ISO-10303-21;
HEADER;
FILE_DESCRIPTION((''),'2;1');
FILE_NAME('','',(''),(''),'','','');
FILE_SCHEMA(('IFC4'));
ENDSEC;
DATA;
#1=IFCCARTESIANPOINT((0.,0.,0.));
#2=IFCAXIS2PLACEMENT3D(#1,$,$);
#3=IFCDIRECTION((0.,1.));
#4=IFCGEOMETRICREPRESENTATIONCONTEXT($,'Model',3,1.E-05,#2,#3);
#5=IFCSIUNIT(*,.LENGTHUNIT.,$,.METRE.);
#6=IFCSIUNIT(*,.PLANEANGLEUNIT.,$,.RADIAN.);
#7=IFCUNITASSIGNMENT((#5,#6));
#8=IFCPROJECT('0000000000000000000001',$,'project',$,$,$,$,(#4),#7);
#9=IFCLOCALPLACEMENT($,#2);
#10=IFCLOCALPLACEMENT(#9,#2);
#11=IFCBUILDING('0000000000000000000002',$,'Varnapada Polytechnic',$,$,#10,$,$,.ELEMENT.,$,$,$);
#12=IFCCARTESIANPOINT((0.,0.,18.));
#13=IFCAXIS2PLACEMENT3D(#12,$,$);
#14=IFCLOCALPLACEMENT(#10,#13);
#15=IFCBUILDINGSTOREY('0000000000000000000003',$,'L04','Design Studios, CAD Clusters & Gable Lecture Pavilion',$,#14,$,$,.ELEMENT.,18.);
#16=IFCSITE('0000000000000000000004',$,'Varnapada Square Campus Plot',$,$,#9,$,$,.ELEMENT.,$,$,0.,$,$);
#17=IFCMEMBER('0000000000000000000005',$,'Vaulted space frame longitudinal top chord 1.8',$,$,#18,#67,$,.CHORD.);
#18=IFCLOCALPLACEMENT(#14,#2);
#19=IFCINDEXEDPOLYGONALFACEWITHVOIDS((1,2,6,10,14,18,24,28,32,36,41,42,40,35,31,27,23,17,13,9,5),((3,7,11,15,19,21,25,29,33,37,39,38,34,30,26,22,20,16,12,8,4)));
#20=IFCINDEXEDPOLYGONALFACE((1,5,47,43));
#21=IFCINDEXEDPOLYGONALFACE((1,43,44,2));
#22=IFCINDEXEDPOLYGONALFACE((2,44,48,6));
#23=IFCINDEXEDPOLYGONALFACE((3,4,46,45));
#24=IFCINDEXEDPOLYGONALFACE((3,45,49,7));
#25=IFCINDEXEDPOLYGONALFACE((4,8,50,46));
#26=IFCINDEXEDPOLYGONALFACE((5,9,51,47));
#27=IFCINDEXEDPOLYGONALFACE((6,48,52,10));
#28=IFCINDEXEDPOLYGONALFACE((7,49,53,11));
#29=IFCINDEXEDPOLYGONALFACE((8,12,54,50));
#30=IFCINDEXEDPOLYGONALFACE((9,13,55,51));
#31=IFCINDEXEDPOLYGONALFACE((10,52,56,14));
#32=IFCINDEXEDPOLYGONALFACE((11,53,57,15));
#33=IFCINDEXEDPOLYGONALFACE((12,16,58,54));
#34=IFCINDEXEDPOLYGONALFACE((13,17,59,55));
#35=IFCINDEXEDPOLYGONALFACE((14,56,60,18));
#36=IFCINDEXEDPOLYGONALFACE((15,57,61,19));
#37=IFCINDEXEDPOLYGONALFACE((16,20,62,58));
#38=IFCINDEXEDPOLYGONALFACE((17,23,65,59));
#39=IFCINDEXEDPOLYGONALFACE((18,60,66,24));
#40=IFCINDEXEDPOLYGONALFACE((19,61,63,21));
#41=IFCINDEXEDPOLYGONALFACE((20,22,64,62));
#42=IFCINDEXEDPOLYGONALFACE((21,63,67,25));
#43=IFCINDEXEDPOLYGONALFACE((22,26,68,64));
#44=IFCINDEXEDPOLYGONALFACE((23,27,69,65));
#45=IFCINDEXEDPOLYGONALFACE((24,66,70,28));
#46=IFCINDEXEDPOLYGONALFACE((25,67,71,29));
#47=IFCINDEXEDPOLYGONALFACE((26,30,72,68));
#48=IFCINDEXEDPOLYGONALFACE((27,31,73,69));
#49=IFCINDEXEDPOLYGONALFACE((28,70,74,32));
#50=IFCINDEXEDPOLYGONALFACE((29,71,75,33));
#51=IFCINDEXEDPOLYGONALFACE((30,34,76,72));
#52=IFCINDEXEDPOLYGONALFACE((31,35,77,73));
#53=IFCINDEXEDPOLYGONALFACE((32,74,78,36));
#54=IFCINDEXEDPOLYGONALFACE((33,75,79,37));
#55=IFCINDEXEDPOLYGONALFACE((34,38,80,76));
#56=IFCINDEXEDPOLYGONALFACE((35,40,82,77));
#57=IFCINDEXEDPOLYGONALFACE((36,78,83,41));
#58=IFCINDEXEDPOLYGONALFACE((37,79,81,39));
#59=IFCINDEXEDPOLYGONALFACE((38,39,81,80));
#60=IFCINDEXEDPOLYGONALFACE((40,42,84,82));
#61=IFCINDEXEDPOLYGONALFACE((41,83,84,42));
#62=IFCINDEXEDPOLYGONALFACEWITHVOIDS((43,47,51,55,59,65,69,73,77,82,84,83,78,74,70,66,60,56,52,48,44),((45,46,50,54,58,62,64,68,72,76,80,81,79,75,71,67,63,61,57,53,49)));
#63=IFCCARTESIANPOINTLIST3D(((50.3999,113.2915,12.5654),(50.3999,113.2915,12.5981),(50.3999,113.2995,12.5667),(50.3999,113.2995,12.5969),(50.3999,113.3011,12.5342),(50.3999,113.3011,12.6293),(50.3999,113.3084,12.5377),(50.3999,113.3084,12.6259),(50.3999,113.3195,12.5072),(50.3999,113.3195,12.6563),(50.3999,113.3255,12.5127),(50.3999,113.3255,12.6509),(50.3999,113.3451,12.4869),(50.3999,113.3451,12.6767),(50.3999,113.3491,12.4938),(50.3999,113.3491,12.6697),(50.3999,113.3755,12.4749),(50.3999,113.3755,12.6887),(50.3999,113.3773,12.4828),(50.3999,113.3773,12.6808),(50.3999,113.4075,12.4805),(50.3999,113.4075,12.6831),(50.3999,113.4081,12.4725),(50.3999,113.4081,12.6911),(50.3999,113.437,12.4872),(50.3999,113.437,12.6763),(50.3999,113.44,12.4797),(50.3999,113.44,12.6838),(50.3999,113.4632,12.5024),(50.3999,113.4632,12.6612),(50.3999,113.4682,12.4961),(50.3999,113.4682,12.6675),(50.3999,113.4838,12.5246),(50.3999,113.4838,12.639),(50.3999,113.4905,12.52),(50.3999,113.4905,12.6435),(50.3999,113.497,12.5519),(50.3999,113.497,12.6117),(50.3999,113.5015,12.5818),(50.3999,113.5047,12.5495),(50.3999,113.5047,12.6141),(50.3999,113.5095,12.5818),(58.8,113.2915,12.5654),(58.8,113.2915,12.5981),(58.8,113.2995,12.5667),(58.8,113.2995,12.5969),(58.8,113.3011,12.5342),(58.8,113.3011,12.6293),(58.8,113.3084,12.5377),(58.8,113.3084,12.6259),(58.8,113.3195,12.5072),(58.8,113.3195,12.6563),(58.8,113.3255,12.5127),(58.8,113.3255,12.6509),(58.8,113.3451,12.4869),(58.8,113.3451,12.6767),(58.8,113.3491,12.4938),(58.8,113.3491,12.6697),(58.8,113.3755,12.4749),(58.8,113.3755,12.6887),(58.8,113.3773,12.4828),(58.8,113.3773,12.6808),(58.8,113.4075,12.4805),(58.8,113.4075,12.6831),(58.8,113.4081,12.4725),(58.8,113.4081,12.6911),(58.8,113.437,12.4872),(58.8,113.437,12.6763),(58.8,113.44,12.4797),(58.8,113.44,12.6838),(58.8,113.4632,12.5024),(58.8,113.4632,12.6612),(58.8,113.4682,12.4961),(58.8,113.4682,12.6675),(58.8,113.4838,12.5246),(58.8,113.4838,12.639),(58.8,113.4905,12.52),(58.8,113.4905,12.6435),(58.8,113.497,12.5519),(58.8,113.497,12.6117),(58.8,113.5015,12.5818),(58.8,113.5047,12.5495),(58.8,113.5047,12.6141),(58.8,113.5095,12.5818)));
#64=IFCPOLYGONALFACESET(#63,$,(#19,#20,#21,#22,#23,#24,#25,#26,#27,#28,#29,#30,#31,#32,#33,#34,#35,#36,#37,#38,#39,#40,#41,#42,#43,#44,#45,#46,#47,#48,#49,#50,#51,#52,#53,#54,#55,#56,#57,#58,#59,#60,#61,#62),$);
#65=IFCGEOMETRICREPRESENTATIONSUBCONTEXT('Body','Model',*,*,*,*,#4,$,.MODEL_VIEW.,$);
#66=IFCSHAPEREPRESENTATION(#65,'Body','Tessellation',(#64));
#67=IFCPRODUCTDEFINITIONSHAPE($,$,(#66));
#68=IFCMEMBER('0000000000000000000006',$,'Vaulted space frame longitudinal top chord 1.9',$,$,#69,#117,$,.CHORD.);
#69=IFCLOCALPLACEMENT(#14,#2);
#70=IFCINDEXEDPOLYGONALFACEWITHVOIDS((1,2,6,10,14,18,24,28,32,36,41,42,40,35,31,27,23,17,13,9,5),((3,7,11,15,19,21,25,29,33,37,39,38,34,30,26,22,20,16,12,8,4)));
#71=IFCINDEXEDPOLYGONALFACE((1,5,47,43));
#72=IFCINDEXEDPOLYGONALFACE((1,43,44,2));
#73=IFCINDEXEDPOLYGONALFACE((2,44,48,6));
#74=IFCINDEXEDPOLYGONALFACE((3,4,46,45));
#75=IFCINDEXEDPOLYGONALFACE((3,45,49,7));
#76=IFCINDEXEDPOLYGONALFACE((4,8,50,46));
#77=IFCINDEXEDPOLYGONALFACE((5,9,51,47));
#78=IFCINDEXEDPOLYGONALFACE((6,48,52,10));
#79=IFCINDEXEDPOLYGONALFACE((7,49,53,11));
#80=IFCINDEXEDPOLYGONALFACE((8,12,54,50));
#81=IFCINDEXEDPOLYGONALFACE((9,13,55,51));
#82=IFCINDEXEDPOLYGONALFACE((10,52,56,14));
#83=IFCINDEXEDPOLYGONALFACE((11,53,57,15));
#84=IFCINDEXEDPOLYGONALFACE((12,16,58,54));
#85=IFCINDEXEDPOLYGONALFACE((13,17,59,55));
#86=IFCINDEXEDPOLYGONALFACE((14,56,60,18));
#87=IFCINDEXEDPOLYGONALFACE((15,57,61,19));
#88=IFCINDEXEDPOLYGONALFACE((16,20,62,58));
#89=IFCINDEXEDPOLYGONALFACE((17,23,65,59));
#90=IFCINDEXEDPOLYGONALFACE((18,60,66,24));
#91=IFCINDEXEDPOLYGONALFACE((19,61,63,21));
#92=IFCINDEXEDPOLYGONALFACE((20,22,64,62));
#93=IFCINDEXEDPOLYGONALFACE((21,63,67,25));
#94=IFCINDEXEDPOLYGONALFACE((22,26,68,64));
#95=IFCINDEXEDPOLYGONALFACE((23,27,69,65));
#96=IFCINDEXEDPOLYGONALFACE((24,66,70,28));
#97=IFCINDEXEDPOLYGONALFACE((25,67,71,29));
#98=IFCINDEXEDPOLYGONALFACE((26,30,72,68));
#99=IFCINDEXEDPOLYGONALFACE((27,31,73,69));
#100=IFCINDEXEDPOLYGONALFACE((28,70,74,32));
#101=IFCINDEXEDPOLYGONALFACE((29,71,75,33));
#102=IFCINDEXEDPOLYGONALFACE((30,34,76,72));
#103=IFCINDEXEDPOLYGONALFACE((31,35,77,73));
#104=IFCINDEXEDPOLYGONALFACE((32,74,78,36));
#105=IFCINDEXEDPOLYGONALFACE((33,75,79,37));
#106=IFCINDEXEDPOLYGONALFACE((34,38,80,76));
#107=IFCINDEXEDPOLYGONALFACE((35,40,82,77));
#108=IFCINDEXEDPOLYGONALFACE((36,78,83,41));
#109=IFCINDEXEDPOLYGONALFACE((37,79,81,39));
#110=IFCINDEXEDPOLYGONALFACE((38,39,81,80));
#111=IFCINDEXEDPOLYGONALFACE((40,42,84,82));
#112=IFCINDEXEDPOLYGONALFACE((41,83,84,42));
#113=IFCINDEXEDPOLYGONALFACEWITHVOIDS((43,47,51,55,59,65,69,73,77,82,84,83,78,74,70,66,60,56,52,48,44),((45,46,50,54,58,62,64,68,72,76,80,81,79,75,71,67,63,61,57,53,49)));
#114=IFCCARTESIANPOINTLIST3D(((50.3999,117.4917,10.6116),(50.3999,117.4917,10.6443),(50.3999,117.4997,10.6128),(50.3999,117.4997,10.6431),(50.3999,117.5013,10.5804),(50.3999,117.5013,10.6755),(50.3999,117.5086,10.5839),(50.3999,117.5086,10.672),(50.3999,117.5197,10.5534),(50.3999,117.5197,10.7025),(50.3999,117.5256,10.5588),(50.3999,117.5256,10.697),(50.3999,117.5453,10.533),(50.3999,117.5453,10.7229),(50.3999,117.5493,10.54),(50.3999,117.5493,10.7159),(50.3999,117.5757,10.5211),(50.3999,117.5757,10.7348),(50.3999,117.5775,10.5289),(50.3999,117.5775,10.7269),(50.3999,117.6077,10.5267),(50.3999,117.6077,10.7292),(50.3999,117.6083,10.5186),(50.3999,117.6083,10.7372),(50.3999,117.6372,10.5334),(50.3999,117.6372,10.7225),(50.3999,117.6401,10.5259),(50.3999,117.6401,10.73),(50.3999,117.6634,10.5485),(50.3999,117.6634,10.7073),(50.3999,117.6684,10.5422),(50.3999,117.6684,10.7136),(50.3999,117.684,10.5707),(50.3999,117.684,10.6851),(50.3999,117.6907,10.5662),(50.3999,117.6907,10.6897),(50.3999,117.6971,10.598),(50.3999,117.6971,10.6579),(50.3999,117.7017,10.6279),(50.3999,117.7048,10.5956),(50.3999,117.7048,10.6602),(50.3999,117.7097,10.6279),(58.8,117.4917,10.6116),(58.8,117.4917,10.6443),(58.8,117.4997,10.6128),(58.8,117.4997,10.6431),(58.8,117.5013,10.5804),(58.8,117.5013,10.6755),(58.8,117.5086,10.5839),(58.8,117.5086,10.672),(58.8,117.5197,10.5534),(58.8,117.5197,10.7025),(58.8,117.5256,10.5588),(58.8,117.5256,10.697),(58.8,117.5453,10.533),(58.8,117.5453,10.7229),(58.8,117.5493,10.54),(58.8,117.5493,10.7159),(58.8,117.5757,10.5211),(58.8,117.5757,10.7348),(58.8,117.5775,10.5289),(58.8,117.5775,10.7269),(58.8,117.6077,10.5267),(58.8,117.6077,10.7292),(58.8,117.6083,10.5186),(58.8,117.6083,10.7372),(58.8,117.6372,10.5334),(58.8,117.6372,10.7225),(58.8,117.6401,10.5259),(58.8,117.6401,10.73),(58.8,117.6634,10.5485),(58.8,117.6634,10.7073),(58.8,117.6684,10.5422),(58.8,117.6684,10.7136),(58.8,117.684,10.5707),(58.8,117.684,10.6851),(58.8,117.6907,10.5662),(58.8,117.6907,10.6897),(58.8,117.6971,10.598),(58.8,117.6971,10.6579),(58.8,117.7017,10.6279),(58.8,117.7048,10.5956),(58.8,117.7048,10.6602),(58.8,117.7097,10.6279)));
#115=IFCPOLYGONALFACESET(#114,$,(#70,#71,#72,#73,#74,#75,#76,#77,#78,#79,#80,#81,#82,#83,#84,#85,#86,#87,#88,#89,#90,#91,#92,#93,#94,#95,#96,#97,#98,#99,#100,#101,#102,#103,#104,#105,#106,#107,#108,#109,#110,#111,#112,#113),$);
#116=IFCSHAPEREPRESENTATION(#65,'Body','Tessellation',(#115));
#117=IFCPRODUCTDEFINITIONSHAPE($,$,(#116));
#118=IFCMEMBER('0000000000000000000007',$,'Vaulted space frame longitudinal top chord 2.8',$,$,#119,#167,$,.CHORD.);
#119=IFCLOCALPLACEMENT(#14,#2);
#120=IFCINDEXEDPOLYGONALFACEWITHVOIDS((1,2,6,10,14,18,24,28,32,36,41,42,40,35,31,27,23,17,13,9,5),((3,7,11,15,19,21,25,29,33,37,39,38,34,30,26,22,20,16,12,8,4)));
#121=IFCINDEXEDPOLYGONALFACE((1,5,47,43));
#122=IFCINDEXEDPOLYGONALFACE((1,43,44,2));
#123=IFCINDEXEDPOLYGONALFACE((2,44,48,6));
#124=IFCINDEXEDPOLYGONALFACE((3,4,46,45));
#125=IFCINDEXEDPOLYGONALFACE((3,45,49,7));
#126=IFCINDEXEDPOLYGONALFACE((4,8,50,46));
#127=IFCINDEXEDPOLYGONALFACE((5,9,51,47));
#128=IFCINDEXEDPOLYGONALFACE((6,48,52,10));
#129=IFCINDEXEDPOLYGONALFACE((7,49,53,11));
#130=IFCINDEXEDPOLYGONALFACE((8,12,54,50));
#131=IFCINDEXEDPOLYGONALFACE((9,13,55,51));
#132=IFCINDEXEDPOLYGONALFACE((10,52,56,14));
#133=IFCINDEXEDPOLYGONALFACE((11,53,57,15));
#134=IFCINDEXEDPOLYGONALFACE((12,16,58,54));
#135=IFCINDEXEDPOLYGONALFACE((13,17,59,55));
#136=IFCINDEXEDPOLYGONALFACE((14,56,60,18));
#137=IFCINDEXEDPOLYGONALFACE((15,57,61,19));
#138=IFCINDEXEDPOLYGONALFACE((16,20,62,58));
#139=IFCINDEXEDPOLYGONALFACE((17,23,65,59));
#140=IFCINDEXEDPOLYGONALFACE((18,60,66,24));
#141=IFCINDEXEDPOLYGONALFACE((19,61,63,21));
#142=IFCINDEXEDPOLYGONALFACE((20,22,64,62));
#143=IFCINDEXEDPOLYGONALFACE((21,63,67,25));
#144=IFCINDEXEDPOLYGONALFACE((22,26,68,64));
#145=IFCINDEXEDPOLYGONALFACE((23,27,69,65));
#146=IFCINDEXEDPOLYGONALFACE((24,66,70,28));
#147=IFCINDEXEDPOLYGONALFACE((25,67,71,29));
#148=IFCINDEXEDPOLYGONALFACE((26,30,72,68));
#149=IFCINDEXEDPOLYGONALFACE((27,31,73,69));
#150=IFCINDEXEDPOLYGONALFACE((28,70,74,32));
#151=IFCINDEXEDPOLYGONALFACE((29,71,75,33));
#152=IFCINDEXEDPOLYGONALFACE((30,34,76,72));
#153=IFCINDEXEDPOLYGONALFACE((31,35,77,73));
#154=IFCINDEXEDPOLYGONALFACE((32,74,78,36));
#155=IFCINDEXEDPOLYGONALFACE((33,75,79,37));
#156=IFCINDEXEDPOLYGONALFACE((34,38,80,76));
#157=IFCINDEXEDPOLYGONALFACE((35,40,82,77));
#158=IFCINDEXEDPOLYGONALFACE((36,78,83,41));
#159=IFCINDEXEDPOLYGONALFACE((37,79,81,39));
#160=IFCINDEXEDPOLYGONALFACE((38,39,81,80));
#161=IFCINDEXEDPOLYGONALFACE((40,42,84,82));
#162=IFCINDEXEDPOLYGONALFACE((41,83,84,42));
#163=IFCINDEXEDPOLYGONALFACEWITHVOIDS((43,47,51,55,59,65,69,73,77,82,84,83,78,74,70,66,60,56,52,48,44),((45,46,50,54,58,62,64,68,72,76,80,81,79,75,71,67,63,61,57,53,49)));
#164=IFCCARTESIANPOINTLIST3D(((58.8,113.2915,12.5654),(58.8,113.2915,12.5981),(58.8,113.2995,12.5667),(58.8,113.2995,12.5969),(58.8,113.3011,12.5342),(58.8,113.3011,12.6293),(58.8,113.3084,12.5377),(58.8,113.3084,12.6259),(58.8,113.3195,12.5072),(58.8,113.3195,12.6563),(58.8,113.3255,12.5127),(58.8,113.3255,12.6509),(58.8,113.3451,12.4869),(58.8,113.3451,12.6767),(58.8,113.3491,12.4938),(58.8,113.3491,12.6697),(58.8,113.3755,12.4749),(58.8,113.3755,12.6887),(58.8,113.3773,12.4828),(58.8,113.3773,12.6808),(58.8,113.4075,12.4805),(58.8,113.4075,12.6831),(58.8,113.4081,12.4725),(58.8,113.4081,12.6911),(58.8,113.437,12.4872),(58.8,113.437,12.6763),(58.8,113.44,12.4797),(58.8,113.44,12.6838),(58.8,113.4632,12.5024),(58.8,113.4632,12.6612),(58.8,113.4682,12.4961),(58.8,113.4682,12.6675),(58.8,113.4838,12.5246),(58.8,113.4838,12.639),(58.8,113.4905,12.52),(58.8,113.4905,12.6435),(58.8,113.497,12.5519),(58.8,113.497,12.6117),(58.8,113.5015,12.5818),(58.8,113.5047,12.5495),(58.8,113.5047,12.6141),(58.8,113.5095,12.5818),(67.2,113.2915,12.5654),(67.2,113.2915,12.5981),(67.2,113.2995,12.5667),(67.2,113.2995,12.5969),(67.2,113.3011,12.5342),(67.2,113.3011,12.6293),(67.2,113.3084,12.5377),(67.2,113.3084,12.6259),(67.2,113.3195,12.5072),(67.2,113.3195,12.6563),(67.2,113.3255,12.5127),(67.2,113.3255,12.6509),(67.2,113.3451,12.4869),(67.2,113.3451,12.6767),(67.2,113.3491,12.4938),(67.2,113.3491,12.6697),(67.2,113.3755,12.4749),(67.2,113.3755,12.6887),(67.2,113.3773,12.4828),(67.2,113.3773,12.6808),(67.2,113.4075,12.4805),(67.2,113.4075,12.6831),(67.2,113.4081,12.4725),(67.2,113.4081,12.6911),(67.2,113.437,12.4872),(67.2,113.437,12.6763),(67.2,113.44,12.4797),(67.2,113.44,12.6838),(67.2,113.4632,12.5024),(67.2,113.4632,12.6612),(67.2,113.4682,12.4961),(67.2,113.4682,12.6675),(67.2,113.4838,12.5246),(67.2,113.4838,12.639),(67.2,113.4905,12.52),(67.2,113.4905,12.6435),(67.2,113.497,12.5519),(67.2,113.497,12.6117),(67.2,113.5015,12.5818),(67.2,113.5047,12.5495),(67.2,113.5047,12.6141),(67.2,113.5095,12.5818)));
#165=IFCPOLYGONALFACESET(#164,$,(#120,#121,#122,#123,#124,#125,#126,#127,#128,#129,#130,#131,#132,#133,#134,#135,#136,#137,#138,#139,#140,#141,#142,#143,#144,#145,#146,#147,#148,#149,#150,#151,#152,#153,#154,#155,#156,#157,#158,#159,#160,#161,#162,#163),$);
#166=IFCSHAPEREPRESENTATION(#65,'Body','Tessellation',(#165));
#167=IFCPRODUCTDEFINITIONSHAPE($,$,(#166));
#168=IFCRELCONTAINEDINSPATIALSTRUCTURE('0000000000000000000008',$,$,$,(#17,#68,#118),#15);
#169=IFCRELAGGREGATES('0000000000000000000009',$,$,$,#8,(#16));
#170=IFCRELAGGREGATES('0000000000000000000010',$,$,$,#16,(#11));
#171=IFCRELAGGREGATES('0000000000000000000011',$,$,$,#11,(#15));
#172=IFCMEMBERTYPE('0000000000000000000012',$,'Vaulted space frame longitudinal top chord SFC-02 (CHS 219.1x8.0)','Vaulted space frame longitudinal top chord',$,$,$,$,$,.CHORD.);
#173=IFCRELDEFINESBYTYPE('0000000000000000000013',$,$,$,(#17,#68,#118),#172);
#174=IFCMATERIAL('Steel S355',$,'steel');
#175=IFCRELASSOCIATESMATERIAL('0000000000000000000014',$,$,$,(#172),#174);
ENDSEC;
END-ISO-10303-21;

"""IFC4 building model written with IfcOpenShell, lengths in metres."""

from ifc_helpers import new_model, si_unit, direction, frame, origin, origin_2d, place, context, subcontext, project, spatial, hollow_circle, extrude, material, material_profile, profile_set, type_object, element, save


model = new_model("IFC4")

# Units and contexts
model_context = context("Model", 3, precision=1e-05, world=origin(), true_north=direction((0.0, 1.0)))
body_context = subcontext(model_context, "Body", "Model", "MODEL_VIEW")
ifc_project = project(units=[si_unit("LENGTHUNIT", "METRE"), si_unit("PLANEANGLEUNIT", "RADIAN")], contexts=[model_context])

# Site, building, storey
site_placement = place(None, origin())
site = spatial("IfcSite", under=ifc_project, at=site_placement, Name="Varnapada Square Campus Plot", CompositionType="ELEMENT", RefElevation=0.0)
building_placement = place(site_placement, origin())
building = spatial("IfcBuilding", under=site, at=building_placement, Name="Varnapada Polytechnic", CompositionType="ELEMENT")
storey_placement = place(building_placement, frame((0.0, 0.0, 18.0)))
storey = spatial("IfcBuildingStorey", under=building, at=storey_placement, Name="L04", Description="Design Studios, CAD Clusters & Gable Lecture Pavilion", CompositionType="ELEMENT", Elevation=18.0)

# Shared definitions
ifc_material = material(Name="Steel S355", Category="steel")

# Members
ifc_material_profile_1 = material_profile(ifc_material, hollow_circle(Radius=0.1096, WallThickness=0.0081, at=origin_2d()), Name="CHS 219.1x8.0")
ifc_profile_set_1 = profile_set([ifc_material_profile_1], Name="Steel S355")
member_type_1 = type_object("IfcMemberType", Name="Vaulted space frame longitudinal top chord SFC-02 (CHS 219.1x8.0)", Description="Vaulted space frame longitudinal top chord", PredefinedType="CHORD", material=ifc_profile_set_1)
for number, where, z_axis, x_axis, name in (
    (1, (50.3999, 113.3999, 12.5818), (1.0, 0.0, 0.0), (0.0, 1.0, 0.0), "Vaulted space frame longitudinal top chord 1.8"),
    (2, (50.3999, 117.6001, 10.6279), (1.0, 0.0, 0.0), (0.0, 1.0, 0.0), "Vaulted space frame longitudinal top chord 1.9"),
):
    element("IfcMember", number, at=place(storey_placement, frame(where, z_axis=z_axis, x_axis=x_axis)), inside=storey, type_object=member_type_1, Name=name, PredefinedType="CHORD", context=body_context, shape_type="SweptSolid", body=[
        extrude(hollow_circle(Radius=0.1096, WallThickness=0.0081, at=origin_2d()), origin(), (0.0, 0.0, 1.0), 8.4001),
    ])
for number, where, z_axis, x_axis, name in (
    (3, (58.8, 113.3999, 12.5818), (1.0, 0.0, 0.0), (0.0, 1.0, 0.0), "Vaulted space frame longitudinal top chord 2.8"),
):
    element("IfcMember", number, at=place(storey_placement, frame(where, z_axis=z_axis, x_axis=x_axis)), inside=storey, type_object=member_type_1, Name=name, PredefinedType="CHORD", context=body_context, shape_type="SweptSolid", body=[
        extrude(hollow_circle(Radius=0.1096, WallThickness=0.0081, at=origin_2d()), origin(), (0.0, 0.0, 1.0), 8.3999),
    ])

save(model, "model.ifc")
